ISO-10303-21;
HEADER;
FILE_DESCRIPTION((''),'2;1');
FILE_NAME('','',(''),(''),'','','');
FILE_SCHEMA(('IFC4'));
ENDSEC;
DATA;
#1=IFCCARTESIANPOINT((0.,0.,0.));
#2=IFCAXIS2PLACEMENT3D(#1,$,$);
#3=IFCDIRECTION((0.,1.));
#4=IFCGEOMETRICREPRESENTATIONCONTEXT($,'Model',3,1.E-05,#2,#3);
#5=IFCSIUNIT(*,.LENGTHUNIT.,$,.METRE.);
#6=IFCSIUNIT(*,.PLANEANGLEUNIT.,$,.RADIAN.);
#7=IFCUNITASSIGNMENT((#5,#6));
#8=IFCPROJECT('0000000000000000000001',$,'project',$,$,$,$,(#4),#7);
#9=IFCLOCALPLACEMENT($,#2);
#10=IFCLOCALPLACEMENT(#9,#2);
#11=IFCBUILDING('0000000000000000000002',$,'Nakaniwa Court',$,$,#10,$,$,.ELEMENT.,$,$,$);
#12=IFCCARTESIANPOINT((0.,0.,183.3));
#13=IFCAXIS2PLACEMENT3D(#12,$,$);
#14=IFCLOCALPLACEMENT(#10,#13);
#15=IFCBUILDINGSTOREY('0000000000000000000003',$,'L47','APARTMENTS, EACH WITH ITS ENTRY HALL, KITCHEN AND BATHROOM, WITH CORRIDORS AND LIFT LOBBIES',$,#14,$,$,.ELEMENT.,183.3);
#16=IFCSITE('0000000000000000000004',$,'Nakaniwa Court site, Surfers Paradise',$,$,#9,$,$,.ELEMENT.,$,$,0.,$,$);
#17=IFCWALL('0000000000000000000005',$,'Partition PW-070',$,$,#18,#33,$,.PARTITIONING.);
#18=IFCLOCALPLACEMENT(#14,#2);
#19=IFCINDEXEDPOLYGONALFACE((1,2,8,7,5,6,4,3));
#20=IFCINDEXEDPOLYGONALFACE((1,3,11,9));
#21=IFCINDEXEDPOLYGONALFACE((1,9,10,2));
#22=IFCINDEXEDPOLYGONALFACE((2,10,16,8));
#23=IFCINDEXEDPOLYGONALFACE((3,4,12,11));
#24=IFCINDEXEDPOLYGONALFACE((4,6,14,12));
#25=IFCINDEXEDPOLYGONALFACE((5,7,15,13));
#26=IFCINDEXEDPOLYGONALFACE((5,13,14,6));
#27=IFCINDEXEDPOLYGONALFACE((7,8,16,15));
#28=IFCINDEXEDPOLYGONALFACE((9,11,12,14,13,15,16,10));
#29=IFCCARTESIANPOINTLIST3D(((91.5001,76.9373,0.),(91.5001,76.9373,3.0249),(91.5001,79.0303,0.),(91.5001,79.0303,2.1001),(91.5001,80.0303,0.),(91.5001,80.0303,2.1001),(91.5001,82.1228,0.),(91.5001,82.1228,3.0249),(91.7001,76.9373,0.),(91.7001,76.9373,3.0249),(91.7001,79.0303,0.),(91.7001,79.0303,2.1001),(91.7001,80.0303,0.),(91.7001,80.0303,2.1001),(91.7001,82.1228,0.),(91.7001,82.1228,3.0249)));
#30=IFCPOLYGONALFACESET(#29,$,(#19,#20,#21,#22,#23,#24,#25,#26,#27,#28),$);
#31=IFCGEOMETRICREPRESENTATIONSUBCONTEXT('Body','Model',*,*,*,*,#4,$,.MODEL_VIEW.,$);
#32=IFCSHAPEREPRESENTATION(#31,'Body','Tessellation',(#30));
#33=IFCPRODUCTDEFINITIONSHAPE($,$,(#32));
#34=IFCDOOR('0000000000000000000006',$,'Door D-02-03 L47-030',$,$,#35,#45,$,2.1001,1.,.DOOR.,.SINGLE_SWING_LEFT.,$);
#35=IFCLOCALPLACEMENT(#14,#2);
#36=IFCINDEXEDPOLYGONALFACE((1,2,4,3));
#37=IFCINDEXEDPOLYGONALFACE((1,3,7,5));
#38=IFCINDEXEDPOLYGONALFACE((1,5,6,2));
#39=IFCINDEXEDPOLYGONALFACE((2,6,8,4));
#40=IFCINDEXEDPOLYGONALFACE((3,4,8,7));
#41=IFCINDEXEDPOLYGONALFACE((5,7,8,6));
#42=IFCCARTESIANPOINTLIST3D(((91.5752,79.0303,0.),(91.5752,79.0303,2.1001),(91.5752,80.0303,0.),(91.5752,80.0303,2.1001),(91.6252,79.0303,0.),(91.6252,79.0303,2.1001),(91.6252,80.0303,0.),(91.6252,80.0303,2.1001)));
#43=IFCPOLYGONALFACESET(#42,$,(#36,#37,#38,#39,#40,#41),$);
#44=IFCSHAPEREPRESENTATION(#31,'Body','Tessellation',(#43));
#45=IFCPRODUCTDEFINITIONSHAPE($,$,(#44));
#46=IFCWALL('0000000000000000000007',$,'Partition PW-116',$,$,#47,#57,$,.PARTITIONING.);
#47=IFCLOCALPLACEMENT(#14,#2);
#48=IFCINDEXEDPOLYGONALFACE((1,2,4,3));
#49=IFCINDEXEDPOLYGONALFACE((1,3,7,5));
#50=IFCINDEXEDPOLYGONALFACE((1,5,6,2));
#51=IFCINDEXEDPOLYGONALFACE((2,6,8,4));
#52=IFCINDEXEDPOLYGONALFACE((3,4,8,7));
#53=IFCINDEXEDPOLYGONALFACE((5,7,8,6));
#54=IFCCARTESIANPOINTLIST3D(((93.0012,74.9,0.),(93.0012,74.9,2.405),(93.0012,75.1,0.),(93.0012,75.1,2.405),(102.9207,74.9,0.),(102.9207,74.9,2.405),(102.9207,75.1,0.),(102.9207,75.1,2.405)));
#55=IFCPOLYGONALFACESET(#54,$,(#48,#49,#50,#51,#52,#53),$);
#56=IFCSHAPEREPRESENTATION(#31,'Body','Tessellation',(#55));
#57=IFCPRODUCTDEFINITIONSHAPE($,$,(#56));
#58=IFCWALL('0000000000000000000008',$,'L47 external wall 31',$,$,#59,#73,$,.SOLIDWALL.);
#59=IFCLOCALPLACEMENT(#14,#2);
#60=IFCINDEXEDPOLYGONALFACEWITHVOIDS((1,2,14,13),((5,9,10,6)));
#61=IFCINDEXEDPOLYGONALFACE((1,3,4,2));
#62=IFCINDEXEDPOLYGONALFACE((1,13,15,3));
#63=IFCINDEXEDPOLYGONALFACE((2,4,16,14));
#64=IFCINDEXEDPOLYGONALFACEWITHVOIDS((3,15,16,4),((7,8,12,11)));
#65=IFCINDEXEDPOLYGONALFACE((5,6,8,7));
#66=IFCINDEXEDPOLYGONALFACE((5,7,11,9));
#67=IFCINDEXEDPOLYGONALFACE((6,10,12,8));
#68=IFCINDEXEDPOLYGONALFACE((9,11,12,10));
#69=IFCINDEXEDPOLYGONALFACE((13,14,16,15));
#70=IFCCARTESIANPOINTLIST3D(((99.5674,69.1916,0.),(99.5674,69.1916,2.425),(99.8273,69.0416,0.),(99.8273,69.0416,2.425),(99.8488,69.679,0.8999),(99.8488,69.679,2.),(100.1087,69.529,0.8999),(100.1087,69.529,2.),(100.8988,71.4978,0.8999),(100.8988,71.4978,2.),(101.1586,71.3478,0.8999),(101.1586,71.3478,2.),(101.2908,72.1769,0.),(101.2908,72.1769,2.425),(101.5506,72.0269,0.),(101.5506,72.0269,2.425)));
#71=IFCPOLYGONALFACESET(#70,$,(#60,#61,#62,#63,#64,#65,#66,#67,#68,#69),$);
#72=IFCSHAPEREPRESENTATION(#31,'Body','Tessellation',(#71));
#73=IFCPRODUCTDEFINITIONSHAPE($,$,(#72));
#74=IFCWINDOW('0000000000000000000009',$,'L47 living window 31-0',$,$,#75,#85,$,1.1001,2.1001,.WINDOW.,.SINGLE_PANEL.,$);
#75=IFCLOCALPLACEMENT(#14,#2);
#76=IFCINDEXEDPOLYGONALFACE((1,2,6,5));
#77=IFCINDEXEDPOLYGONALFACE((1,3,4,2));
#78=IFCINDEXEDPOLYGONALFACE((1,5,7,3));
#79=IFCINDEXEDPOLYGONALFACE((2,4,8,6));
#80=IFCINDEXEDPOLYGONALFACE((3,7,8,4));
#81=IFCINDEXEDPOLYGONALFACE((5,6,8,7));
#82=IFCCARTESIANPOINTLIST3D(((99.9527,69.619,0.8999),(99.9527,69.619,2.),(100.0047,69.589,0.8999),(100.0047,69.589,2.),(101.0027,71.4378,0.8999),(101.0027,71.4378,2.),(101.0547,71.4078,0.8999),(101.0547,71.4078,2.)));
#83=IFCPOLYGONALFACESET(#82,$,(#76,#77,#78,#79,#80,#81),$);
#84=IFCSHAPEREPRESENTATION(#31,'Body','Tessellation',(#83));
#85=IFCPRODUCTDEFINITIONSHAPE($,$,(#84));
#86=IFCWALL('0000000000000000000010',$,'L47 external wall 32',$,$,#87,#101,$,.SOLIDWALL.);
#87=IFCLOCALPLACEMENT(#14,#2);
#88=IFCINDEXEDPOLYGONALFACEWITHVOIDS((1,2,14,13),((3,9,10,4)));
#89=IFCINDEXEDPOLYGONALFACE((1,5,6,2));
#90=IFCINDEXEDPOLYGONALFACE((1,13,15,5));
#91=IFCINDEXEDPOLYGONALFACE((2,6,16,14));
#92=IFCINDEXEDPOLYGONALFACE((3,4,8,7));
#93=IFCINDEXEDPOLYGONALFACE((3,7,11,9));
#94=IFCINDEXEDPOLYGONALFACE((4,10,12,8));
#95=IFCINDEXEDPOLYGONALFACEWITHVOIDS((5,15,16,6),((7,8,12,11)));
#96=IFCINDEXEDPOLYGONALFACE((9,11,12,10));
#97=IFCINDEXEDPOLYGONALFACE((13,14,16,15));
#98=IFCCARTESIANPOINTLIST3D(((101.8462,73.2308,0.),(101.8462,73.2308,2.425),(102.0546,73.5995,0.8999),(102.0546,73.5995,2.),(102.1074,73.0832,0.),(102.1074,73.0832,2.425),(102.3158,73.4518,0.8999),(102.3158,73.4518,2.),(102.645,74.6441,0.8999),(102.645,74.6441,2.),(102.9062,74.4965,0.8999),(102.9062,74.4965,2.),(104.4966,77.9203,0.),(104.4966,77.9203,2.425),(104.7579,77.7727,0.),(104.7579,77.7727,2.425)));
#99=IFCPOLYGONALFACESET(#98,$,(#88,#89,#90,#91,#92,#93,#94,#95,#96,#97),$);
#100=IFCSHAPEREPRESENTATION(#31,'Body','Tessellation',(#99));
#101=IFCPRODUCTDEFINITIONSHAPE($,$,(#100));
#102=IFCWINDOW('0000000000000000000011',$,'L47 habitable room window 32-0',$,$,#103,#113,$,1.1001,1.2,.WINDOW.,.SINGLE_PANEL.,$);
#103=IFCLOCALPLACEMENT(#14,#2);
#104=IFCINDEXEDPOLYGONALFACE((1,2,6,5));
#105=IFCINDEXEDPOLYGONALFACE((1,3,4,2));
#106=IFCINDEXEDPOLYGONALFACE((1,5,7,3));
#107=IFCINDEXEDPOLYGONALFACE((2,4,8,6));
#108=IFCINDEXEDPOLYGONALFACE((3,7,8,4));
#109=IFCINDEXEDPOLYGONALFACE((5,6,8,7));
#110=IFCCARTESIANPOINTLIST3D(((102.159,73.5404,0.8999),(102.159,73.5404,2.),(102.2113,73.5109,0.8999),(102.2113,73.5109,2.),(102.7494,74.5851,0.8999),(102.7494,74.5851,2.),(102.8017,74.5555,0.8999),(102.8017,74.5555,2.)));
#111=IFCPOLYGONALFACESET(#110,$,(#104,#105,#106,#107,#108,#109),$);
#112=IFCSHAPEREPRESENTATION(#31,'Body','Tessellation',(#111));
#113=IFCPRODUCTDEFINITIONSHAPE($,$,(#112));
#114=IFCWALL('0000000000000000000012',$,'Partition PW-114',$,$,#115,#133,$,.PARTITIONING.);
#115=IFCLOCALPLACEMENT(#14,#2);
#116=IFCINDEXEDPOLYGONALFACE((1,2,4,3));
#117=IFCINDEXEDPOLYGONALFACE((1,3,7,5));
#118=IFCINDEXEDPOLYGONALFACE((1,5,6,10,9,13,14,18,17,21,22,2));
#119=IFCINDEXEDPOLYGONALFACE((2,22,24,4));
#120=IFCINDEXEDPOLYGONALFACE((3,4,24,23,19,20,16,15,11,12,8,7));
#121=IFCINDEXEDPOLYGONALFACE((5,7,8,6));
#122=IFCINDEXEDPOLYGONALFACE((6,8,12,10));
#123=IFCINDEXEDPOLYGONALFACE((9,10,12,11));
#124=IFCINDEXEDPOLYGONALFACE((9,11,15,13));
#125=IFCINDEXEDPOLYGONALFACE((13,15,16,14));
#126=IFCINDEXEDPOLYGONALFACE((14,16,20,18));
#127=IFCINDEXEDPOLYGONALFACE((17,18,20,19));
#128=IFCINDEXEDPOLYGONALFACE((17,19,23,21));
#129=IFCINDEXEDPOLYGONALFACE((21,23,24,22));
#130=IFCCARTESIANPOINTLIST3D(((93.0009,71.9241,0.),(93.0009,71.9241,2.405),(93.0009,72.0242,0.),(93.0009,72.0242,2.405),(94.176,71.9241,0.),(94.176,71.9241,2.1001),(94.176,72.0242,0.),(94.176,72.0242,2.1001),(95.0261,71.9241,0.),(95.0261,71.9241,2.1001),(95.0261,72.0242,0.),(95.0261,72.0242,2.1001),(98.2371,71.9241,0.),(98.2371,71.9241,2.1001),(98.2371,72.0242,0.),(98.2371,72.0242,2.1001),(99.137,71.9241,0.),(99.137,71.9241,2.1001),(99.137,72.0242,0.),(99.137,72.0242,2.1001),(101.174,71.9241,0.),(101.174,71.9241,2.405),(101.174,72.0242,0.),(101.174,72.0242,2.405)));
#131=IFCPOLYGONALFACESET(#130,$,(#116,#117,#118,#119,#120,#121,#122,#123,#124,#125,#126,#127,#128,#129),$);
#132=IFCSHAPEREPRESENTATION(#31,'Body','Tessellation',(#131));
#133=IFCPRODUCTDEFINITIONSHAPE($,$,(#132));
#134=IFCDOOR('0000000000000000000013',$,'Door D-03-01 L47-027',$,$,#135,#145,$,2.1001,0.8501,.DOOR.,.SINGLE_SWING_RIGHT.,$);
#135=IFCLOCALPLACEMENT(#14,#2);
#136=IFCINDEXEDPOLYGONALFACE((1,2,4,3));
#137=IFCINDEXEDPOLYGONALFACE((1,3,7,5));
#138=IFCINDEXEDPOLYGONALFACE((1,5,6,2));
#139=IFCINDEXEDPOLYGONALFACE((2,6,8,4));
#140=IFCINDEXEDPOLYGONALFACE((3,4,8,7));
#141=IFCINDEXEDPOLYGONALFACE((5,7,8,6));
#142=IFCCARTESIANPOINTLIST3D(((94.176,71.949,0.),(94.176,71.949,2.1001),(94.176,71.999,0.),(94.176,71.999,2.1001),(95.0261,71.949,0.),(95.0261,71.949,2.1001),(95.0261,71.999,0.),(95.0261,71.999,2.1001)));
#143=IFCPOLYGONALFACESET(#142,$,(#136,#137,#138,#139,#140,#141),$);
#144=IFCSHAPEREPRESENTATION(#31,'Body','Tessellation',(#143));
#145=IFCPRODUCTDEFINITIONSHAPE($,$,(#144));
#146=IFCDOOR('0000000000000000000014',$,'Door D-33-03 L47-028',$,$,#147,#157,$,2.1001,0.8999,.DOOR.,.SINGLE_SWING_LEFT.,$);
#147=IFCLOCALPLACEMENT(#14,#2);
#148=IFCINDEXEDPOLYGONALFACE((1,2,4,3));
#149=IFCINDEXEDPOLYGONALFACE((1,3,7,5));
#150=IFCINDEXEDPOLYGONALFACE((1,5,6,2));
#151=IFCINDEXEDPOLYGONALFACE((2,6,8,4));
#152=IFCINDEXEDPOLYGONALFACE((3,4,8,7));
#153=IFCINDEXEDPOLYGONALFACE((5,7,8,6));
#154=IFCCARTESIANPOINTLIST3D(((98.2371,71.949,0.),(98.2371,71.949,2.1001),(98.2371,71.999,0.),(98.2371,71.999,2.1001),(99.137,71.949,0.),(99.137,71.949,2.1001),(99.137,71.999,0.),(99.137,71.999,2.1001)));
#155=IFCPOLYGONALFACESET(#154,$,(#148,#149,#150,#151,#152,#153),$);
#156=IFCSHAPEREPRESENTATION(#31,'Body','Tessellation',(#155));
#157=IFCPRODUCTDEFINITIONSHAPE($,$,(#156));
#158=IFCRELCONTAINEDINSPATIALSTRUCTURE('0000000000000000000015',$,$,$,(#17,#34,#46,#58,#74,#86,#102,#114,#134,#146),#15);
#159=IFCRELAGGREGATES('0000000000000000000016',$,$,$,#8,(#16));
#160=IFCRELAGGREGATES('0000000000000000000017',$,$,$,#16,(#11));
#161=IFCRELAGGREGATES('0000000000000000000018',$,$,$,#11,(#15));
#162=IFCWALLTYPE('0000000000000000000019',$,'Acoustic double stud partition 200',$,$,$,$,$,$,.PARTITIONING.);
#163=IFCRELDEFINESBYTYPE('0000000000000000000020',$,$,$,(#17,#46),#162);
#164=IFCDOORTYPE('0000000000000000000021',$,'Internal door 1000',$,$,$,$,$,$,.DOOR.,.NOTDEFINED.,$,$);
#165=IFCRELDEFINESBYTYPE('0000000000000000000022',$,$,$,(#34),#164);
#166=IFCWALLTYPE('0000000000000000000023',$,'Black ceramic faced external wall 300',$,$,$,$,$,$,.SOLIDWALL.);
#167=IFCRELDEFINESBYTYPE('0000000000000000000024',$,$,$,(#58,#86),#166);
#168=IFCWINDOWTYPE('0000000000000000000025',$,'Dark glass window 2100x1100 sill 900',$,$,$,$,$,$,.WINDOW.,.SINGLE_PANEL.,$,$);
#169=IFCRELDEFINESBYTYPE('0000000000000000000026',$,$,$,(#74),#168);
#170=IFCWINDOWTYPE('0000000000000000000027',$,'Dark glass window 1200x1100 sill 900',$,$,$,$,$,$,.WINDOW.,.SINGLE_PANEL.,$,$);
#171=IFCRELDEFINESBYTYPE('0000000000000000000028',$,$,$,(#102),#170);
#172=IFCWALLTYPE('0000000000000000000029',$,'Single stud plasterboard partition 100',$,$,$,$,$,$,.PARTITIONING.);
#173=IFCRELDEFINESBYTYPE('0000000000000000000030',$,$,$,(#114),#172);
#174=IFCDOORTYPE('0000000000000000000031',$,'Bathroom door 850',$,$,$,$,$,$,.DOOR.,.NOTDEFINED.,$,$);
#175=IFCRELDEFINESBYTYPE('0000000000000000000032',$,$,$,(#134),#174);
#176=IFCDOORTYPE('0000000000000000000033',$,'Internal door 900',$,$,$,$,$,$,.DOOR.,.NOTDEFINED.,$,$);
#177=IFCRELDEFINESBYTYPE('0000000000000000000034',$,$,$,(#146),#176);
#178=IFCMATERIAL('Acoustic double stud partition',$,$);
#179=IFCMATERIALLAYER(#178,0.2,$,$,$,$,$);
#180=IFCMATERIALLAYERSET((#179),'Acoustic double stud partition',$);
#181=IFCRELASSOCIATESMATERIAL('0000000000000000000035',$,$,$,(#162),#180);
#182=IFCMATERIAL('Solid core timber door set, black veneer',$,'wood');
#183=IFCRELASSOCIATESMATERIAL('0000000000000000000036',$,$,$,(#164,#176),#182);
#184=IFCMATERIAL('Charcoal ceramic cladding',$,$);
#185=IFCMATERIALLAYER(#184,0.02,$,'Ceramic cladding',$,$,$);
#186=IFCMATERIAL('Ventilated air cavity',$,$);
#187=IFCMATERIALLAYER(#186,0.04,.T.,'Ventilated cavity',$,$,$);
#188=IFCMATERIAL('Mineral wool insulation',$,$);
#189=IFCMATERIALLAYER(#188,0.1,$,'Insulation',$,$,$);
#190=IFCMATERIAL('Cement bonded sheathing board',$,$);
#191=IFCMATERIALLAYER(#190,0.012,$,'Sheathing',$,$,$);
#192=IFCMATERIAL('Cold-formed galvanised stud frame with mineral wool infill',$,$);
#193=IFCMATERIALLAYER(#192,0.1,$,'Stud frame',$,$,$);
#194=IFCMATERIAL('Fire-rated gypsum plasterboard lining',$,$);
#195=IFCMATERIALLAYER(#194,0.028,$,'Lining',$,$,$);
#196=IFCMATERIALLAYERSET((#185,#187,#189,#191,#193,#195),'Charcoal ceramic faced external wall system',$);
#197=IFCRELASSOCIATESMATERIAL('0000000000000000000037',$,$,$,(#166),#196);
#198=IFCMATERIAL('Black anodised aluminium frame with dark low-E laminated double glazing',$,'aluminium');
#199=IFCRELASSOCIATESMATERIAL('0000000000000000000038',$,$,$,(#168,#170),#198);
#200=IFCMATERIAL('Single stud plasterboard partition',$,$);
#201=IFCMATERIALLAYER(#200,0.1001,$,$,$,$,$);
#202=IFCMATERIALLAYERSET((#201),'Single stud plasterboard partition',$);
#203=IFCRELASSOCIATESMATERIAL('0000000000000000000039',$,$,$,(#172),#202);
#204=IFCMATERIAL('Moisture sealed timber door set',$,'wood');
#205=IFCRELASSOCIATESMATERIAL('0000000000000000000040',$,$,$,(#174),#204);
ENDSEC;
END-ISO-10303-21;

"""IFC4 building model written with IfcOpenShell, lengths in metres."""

from ifc_helpers import new_model, si_unit, direction, frame, frame_2d, origin, place, context, subcontext, project, spatial, rectangle, extrude, material, layer, layer_set, type_object, element, fill, save


model = new_model("IFC4")

# Units and contexts
model_context = context("Model", 3, precision=1e-05, world=origin(), true_north=direction((0.0, 1.0)))
body_context = subcontext(model_context, "Body", "Model", "MODEL_VIEW")
ifc_project = project(units=[si_unit("LENGTHUNIT", "METRE"), si_unit("PLANEANGLEUNIT", "RADIAN")], contexts=[model_context])

# Site, building, storey
site_placement = place(None, origin())
site = spatial("IfcSite", under=ifc_project, at=site_placement, Name="Nakaniwa Court site, Surfers Paradise", CompositionType="ELEMENT", RefElevation=0.0)
building_placement = place(site_placement, origin())
building = spatial("IfcBuilding", under=site, at=building_placement, Name="Nakaniwa Court", CompositionType="ELEMENT")
storey_placement = place(building_placement, frame((0.0, 0.0, 183.3)))
storey = spatial("IfcBuildingStorey", under=building, at=storey_placement, Name="L47", Description="APARTMENTS, EACH WITH ITS ENTRY HALL, KITCHEN AND BATHROOM, WITH CORRIDORS AND LIFT LOBBIES", CompositionType="ELEMENT", Elevation=183.3)

# Shared definitions
ifc_material_1 = material(Name="Acoustic double stud partition")
ifc_layer_1 = layer(ifc_material_1, 0.2)
ifc_layer_set_1 = layer_set([ifc_layer_1], Name="Acoustic double stud partition")
wall_type_1 = type_object("IfcWallType", Name="Acoustic double stud partition 200", PredefinedType="PARTITIONING", material=ifc_layer_set_1)

# Wall, opening, door
wall_1_placement = place(storey_placement, frame((91.6001, 76.9373, 0.0), z_axis=(0.0, 0.0, 1.0), x_axis=(0.0, 1.0, 0.0)))
wall_1 = element("IfcWall", 1, at=wall_1_placement, inside=storey, type_object=wall_type_1, Name="Partition PW-070", PredefinedType="PARTITIONING", context=body_context, shape_type="SweptSolid", body=[
    extrude(rectangle(XDim=5.1855, YDim=0.2, at=frame_2d((2.5928, 0.0))), origin(), (0.0, 0.0, 1.0), 3.0249),
])
opening_1_placement = place(wall_1_placement, frame((2.093, 0.0, 0.0)))
opening_1 = element("IfcOpeningElement", 2, at=opening_1_placement, cuts=wall_1, PredefinedType="OPENING", context=body_context, shape_type="SweptSolid", body=[
    extrude(rectangle(XDim=1.0, YDim=2.1001, at=frame_2d((0.5, 1.05))), frame((0.0, 0.1099, 0.0), z_axis=(0.0, -1.0, 0.0), x_axis=(1.0, 0.0, 0.0)), (0.0, 0.0, 1.0), 0.22),
])
ifc_material_2 = material(Name="Solid core timber door set, black veneer", Category="wood")
door_type_1 = type_object("IfcDoorType", Name="Internal door 1000", OperationType="NOTDEFINED", PredefinedType="DOOR", material=ifc_material_2)
door_1_placement = place(opening_1_placement, origin())
door_1 = element("IfcDoor", 3, at=door_1_placement, inside=storey, type_object=door_type_1, Name="Door D-02-03 L47-030", OperationType="SINGLE_SWING_LEFT", OverallHeight=2.1001, OverallWidth=1.0, PredefinedType="DOOR", context=body_context, shape_type="SweptSolid", body=[
    extrude(rectangle(XDim=1.0, YDim=2.1001, at=frame_2d((0.5, 1.05))), frame((0.0, 0.0249, 0.0), z_axis=(0.0, -1.0, 0.0), x_axis=(1.0, 0.0, 0.0)), (0.0, 0.0, 1.0), 0.05),
])
fill(opening_1, door_1)

# Wall
wall_2_placement = place(storey_placement, frame((93.0012, 75.0, 0.0), z_axis=(0.0, 0.0, 1.0), x_axis=(1.0, 0.0, 0.0)))
element("IfcWall", 4, at=wall_2_placement, inside=storey, type_object=wall_type_1, Name="Partition PW-116", PredefinedType="PARTITIONING", context=body_context, shape_type="SweptSolid", body=[
    extrude(rectangle(XDim=9.9194, YDim=0.2, at=frame_2d((4.9597, 0.0))), origin(), (0.0, 0.0, 1.0), 2.405),
])

# Walls, openings, windows
ifc_material_3 = material(Name="Charcoal ceramic cladding")
ifc_layer_2 = layer(ifc_material_3, 0.02, Name="Ceramic cladding")
ifc_material_4 = material(Name="Ventilated air cavity")
ifc_layer_3 = layer(ifc_material_4, 0.04, ventilated=True, Name="Ventilated cavity")
ifc_material_5 = material(Name="Mineral wool insulation")
ifc_layer_4 = layer(ifc_material_5, 0.1, Name="Insulation")
ifc_material_6 = material(Name="Cement bonded sheathing board")
ifc_layer_5 = layer(ifc_material_6, 0.012, Name="Sheathing")
ifc_material_7 = material(Name="Cold-formed galvanised stud frame with mineral wool infill")
ifc_layer_6 = layer(ifc_material_7, 0.1, Name="Stud frame")
ifc_material_8 = material(Name="Fire-rated gypsum plasterboard lining")
ifc_layer_7 = layer(ifc_material_8, 0.028, Name="Lining")
ifc_layer_set_2 = layer_set([ifc_layer_2, ifc_layer_3, ifc_layer_4, ifc_layer_5, ifc_layer_6, ifc_layer_7], Name="Charcoal ceramic faced external wall system")
wall_type_2 = type_object("IfcWallType", Name="Black ceramic faced external wall 300", PredefinedType="SOLIDWALL", material=ifc_layer_set_2)
wall_3_placement = place(storey_placement, frame((99.6973, 69.1165, 0.0), z_axis=(0.0, 0.0, 1.0), x_axis=(0.499955, 0.866051, 0.0)))
wall_3 = element("IfcWall", 5, at=wall_3_placement, inside=storey, type_object=wall_type_2, Name="L47 external wall 31", PredefinedType="SOLIDWALL", context=body_context, shape_type="SweptSolid", body=[
    extrude(rectangle(XDim=3.447, YDim=0.3, at=frame_2d((1.7236, 0.0))), origin(), (0.0, 0.0, 1.0), 2.425),
])
opening_2_placement = place(wall_3_placement, frame((0.563, 0.0, 0.8999)))
opening_2 = element("IfcOpeningElement", 6, at=opening_2_placement, cuts=wall_3, PredefinedType="OPENING", context=body_context, shape_type="SweptSolid", body=[
    extrude(rectangle(XDim=2.1001, YDim=1.1001, at=frame_2d((1.05, 0.55))), frame((0.0, 0.1599, 0.0), z_axis=(0.0, -1.0, 0.0), x_axis=(1.0, 0.0, 0.0)), (0.0, 0.0, 1.0), 0.3201),
])
ifc_material_9 = material(Name="Black anodised aluminium frame with dark low-E laminated double glazing", Category="aluminium")
window_type_1 = type_object("IfcWindowType", Name="Dark glass window 2100x1100 sill 900", PartitioningType="SINGLE_PANEL", PredefinedType="WINDOW", material=ifc_material_9)
window_1_placement = place(opening_2_placement, origin())
window_1 = element("IfcWindow", 7, at=window_1_placement, inside=storey, type_object=window_type_1, Name="L47 living window 31-0", OverallHeight=1.1001, OverallWidth=2.1001, PartitioningType="SINGLE_PANEL", PredefinedType="WINDOW", context=body_context, shape_type="SweptSolid", body=[
    extrude(rectangle(XDim=2.1001, YDim=1.1001, at=frame_2d((1.05, 0.55))), frame((0.0, 0.03, 0.0), z_axis=(0.0, -1.0, 0.0), x_axis=(1.0, 0.0, 0.0)), (0.0, 0.0, 1.0), 0.0601),
])
fill(opening_2, window_1)
wall_4_placement = place(storey_placement, frame((101.9768, 73.157, 0.0), z_axis=(0.0, 0.0, 1.0), x_axis=(0.492033, 0.870576, 0.0)))
wall_4 = element("IfcWall", 8, at=wall_4_placement, inside=storey, type_object=wall_type_2, Name="L47 external wall 32", PredefinedType="SOLIDWALL", context=body_context, shape_type="SweptSolid", body=[
    extrude(rectangle(XDim=5.3867, YDim=0.3, at=frame_2d((2.6934, 0.0))), origin(), (0.0, 0.0, 1.0), 2.425),
])
opening_3_placement = place(wall_4_placement, frame((0.4233, 0.0, 0.8999)))
opening_3 = element("IfcOpeningElement", 9, at=opening_3_placement, cuts=wall_4, PredefinedType="OPENING", context=body_context, shape_type="SweptSolid", body=[
    extrude(rectangle(XDim=1.2, YDim=1.1001, at=frame_2d((0.6001, 0.55))), frame((0.0, 0.1599, 0.0), z_axis=(0.0, -1.0, 0.0), x_axis=(1.0, 0.0, 0.0)), (0.0, 0.0, 1.0), 0.3201),
])
window_type_2 = type_object("IfcWindowType", Name="Dark glass window 1200x1100 sill 900", PartitioningType="SINGLE_PANEL", PredefinedType="WINDOW", material=ifc_material_9)
window_2_placement = place(opening_3_placement, origin())
window_2 = element("IfcWindow", 10, at=window_2_placement, inside=storey, type_object=window_type_2, Name="L47 habitable room window 32-0", OverallHeight=1.1001, OverallWidth=1.2, PartitioningType="SINGLE_PANEL", PredefinedType="WINDOW", context=body_context, shape_type="SweptSolid", body=[
    extrude(rectangle(XDim=1.2, YDim=1.1001, at=frame_2d((0.6001, 0.55))), frame((0.0, 0.03, 0.0), z_axis=(0.0, -1.0, 0.0), x_axis=(1.0, 0.0, 0.0)), (0.0, 0.0, 1.0), 0.0601),
])
fill(opening_3, window_2)

# Wall, openings, doors
ifc_material_10 = material(Name="Single stud plasterboard partition")
ifc_layer_8 = layer(ifc_material_10, 0.1001)
ifc_layer_set_3 = layer_set([ifc_layer_8], Name="Single stud plasterboard partition")
wall_type_3 = type_object("IfcWallType", Name="Single stud plasterboard partition 100", PredefinedType="PARTITIONING", material=ifc_layer_set_3)
wall_5_placement = place(storey_placement, frame((93.001, 71.9741, 0.0), z_axis=(0.0, 0.0, 1.0), x_axis=(1.0, 0.0, 0.0)))
wall_5 = element("IfcWall", 11, at=wall_5_placement, inside=storey, type_object=wall_type_3, Name="Partition PW-114", PredefinedType="PARTITIONING", context=body_context, shape_type="SweptSolid", body=[
    extrude(rectangle(XDim=8.1731, YDim=0.1001, at=frame_2d((4.0864, 0.0))), origin(), (0.0, 0.0, 1.0), 2.405),
])
opening_4_placement = place(wall_5_placement, frame((1.175, 0.0, 0.0)))
opening_4 = element("IfcOpeningElement", 12, at=opening_4_placement, cuts=wall_5, PredefinedType="OPENING", context=body_context, shape_type="SweptSolid", body=[
    extrude(rectangle(XDim=0.8501, YDim=2.1001, at=frame_2d((0.425, 1.05))), frame((0.0, 0.0601, 0.0), z_axis=(0.0, -1.0, 0.0), x_axis=(1.0, 0.0, 0.0)), (0.0, 0.0, 1.0), 0.1201),
])
opening_5_placement = place(wall_5_placement, frame((5.2361, 0.0, 0.0)))
opening_5 = element("IfcOpeningElement", 13, at=opening_5_placement, cuts=wall_5, PredefinedType="OPENING", context=body_context, shape_type="SweptSolid", body=[
    extrude(rectangle(XDim=0.8999, YDim=2.1001, at=frame_2d((0.45, 1.05))), frame((0.0, 0.0601, 0.0), z_axis=(0.0, -1.0, 0.0), x_axis=(1.0, 0.0, 0.0)), (0.0, 0.0, 1.0), 0.1201),
])
ifc_material_11 = material(Name="Moisture sealed timber door set", Category="wood")
door_type_2 = type_object("IfcDoorType", Name="Bathroom door 850", OperationType="NOTDEFINED", PredefinedType="DOOR", material=ifc_material_11)
door_2_placement = place(opening_4_placement, origin())
door_2 = element("IfcDoor", 14, at=door_2_placement, inside=storey, type_object=door_type_2, Name="Door D-03-01 L47-027", OperationType="SINGLE_SWING_RIGHT", OverallHeight=2.1001, OverallWidth=0.8501, PredefinedType="DOOR", context=body_context, shape_type="SweptSolid", body=[
    extrude(rectangle(XDim=0.8501, YDim=2.1001, at=frame_2d((0.425, 1.05))), frame((0.0, 0.0249, 0.0), z_axis=(0.0, -1.0, 0.0), x_axis=(1.0, 0.0, 0.0)), (0.0, 0.0, 1.0), 0.05),
])
fill(opening_4, door_2)
door_type_3 = type_object("IfcDoorType", Name="Internal door 900", OperationType="NOTDEFINED", PredefinedType="DOOR", material=ifc_material_2)
door_3_placement = place(opening_5_placement, origin())
door_3 = element("IfcDoor", 15, at=door_3_placement, inside=storey, type_object=door_type_3, Name="Door D-33-03 L47-028", OperationType="SINGLE_SWING_LEFT", OverallHeight=2.1001, OverallWidth=0.8999, PredefinedType="DOOR", context=body_context, shape_type="SweptSolid", body=[
    extrude(rectangle(XDim=0.8999, YDim=2.1001, at=frame_2d((0.45, 1.05))), frame((0.0, 0.0249, 0.0), z_axis=(0.0, -1.0, 0.0), x_axis=(1.0, 0.0, 0.0)), (0.0, 0.0, 1.0), 0.05),
])
fill(opening_5, door_3)

save(model, "model.ifc")
